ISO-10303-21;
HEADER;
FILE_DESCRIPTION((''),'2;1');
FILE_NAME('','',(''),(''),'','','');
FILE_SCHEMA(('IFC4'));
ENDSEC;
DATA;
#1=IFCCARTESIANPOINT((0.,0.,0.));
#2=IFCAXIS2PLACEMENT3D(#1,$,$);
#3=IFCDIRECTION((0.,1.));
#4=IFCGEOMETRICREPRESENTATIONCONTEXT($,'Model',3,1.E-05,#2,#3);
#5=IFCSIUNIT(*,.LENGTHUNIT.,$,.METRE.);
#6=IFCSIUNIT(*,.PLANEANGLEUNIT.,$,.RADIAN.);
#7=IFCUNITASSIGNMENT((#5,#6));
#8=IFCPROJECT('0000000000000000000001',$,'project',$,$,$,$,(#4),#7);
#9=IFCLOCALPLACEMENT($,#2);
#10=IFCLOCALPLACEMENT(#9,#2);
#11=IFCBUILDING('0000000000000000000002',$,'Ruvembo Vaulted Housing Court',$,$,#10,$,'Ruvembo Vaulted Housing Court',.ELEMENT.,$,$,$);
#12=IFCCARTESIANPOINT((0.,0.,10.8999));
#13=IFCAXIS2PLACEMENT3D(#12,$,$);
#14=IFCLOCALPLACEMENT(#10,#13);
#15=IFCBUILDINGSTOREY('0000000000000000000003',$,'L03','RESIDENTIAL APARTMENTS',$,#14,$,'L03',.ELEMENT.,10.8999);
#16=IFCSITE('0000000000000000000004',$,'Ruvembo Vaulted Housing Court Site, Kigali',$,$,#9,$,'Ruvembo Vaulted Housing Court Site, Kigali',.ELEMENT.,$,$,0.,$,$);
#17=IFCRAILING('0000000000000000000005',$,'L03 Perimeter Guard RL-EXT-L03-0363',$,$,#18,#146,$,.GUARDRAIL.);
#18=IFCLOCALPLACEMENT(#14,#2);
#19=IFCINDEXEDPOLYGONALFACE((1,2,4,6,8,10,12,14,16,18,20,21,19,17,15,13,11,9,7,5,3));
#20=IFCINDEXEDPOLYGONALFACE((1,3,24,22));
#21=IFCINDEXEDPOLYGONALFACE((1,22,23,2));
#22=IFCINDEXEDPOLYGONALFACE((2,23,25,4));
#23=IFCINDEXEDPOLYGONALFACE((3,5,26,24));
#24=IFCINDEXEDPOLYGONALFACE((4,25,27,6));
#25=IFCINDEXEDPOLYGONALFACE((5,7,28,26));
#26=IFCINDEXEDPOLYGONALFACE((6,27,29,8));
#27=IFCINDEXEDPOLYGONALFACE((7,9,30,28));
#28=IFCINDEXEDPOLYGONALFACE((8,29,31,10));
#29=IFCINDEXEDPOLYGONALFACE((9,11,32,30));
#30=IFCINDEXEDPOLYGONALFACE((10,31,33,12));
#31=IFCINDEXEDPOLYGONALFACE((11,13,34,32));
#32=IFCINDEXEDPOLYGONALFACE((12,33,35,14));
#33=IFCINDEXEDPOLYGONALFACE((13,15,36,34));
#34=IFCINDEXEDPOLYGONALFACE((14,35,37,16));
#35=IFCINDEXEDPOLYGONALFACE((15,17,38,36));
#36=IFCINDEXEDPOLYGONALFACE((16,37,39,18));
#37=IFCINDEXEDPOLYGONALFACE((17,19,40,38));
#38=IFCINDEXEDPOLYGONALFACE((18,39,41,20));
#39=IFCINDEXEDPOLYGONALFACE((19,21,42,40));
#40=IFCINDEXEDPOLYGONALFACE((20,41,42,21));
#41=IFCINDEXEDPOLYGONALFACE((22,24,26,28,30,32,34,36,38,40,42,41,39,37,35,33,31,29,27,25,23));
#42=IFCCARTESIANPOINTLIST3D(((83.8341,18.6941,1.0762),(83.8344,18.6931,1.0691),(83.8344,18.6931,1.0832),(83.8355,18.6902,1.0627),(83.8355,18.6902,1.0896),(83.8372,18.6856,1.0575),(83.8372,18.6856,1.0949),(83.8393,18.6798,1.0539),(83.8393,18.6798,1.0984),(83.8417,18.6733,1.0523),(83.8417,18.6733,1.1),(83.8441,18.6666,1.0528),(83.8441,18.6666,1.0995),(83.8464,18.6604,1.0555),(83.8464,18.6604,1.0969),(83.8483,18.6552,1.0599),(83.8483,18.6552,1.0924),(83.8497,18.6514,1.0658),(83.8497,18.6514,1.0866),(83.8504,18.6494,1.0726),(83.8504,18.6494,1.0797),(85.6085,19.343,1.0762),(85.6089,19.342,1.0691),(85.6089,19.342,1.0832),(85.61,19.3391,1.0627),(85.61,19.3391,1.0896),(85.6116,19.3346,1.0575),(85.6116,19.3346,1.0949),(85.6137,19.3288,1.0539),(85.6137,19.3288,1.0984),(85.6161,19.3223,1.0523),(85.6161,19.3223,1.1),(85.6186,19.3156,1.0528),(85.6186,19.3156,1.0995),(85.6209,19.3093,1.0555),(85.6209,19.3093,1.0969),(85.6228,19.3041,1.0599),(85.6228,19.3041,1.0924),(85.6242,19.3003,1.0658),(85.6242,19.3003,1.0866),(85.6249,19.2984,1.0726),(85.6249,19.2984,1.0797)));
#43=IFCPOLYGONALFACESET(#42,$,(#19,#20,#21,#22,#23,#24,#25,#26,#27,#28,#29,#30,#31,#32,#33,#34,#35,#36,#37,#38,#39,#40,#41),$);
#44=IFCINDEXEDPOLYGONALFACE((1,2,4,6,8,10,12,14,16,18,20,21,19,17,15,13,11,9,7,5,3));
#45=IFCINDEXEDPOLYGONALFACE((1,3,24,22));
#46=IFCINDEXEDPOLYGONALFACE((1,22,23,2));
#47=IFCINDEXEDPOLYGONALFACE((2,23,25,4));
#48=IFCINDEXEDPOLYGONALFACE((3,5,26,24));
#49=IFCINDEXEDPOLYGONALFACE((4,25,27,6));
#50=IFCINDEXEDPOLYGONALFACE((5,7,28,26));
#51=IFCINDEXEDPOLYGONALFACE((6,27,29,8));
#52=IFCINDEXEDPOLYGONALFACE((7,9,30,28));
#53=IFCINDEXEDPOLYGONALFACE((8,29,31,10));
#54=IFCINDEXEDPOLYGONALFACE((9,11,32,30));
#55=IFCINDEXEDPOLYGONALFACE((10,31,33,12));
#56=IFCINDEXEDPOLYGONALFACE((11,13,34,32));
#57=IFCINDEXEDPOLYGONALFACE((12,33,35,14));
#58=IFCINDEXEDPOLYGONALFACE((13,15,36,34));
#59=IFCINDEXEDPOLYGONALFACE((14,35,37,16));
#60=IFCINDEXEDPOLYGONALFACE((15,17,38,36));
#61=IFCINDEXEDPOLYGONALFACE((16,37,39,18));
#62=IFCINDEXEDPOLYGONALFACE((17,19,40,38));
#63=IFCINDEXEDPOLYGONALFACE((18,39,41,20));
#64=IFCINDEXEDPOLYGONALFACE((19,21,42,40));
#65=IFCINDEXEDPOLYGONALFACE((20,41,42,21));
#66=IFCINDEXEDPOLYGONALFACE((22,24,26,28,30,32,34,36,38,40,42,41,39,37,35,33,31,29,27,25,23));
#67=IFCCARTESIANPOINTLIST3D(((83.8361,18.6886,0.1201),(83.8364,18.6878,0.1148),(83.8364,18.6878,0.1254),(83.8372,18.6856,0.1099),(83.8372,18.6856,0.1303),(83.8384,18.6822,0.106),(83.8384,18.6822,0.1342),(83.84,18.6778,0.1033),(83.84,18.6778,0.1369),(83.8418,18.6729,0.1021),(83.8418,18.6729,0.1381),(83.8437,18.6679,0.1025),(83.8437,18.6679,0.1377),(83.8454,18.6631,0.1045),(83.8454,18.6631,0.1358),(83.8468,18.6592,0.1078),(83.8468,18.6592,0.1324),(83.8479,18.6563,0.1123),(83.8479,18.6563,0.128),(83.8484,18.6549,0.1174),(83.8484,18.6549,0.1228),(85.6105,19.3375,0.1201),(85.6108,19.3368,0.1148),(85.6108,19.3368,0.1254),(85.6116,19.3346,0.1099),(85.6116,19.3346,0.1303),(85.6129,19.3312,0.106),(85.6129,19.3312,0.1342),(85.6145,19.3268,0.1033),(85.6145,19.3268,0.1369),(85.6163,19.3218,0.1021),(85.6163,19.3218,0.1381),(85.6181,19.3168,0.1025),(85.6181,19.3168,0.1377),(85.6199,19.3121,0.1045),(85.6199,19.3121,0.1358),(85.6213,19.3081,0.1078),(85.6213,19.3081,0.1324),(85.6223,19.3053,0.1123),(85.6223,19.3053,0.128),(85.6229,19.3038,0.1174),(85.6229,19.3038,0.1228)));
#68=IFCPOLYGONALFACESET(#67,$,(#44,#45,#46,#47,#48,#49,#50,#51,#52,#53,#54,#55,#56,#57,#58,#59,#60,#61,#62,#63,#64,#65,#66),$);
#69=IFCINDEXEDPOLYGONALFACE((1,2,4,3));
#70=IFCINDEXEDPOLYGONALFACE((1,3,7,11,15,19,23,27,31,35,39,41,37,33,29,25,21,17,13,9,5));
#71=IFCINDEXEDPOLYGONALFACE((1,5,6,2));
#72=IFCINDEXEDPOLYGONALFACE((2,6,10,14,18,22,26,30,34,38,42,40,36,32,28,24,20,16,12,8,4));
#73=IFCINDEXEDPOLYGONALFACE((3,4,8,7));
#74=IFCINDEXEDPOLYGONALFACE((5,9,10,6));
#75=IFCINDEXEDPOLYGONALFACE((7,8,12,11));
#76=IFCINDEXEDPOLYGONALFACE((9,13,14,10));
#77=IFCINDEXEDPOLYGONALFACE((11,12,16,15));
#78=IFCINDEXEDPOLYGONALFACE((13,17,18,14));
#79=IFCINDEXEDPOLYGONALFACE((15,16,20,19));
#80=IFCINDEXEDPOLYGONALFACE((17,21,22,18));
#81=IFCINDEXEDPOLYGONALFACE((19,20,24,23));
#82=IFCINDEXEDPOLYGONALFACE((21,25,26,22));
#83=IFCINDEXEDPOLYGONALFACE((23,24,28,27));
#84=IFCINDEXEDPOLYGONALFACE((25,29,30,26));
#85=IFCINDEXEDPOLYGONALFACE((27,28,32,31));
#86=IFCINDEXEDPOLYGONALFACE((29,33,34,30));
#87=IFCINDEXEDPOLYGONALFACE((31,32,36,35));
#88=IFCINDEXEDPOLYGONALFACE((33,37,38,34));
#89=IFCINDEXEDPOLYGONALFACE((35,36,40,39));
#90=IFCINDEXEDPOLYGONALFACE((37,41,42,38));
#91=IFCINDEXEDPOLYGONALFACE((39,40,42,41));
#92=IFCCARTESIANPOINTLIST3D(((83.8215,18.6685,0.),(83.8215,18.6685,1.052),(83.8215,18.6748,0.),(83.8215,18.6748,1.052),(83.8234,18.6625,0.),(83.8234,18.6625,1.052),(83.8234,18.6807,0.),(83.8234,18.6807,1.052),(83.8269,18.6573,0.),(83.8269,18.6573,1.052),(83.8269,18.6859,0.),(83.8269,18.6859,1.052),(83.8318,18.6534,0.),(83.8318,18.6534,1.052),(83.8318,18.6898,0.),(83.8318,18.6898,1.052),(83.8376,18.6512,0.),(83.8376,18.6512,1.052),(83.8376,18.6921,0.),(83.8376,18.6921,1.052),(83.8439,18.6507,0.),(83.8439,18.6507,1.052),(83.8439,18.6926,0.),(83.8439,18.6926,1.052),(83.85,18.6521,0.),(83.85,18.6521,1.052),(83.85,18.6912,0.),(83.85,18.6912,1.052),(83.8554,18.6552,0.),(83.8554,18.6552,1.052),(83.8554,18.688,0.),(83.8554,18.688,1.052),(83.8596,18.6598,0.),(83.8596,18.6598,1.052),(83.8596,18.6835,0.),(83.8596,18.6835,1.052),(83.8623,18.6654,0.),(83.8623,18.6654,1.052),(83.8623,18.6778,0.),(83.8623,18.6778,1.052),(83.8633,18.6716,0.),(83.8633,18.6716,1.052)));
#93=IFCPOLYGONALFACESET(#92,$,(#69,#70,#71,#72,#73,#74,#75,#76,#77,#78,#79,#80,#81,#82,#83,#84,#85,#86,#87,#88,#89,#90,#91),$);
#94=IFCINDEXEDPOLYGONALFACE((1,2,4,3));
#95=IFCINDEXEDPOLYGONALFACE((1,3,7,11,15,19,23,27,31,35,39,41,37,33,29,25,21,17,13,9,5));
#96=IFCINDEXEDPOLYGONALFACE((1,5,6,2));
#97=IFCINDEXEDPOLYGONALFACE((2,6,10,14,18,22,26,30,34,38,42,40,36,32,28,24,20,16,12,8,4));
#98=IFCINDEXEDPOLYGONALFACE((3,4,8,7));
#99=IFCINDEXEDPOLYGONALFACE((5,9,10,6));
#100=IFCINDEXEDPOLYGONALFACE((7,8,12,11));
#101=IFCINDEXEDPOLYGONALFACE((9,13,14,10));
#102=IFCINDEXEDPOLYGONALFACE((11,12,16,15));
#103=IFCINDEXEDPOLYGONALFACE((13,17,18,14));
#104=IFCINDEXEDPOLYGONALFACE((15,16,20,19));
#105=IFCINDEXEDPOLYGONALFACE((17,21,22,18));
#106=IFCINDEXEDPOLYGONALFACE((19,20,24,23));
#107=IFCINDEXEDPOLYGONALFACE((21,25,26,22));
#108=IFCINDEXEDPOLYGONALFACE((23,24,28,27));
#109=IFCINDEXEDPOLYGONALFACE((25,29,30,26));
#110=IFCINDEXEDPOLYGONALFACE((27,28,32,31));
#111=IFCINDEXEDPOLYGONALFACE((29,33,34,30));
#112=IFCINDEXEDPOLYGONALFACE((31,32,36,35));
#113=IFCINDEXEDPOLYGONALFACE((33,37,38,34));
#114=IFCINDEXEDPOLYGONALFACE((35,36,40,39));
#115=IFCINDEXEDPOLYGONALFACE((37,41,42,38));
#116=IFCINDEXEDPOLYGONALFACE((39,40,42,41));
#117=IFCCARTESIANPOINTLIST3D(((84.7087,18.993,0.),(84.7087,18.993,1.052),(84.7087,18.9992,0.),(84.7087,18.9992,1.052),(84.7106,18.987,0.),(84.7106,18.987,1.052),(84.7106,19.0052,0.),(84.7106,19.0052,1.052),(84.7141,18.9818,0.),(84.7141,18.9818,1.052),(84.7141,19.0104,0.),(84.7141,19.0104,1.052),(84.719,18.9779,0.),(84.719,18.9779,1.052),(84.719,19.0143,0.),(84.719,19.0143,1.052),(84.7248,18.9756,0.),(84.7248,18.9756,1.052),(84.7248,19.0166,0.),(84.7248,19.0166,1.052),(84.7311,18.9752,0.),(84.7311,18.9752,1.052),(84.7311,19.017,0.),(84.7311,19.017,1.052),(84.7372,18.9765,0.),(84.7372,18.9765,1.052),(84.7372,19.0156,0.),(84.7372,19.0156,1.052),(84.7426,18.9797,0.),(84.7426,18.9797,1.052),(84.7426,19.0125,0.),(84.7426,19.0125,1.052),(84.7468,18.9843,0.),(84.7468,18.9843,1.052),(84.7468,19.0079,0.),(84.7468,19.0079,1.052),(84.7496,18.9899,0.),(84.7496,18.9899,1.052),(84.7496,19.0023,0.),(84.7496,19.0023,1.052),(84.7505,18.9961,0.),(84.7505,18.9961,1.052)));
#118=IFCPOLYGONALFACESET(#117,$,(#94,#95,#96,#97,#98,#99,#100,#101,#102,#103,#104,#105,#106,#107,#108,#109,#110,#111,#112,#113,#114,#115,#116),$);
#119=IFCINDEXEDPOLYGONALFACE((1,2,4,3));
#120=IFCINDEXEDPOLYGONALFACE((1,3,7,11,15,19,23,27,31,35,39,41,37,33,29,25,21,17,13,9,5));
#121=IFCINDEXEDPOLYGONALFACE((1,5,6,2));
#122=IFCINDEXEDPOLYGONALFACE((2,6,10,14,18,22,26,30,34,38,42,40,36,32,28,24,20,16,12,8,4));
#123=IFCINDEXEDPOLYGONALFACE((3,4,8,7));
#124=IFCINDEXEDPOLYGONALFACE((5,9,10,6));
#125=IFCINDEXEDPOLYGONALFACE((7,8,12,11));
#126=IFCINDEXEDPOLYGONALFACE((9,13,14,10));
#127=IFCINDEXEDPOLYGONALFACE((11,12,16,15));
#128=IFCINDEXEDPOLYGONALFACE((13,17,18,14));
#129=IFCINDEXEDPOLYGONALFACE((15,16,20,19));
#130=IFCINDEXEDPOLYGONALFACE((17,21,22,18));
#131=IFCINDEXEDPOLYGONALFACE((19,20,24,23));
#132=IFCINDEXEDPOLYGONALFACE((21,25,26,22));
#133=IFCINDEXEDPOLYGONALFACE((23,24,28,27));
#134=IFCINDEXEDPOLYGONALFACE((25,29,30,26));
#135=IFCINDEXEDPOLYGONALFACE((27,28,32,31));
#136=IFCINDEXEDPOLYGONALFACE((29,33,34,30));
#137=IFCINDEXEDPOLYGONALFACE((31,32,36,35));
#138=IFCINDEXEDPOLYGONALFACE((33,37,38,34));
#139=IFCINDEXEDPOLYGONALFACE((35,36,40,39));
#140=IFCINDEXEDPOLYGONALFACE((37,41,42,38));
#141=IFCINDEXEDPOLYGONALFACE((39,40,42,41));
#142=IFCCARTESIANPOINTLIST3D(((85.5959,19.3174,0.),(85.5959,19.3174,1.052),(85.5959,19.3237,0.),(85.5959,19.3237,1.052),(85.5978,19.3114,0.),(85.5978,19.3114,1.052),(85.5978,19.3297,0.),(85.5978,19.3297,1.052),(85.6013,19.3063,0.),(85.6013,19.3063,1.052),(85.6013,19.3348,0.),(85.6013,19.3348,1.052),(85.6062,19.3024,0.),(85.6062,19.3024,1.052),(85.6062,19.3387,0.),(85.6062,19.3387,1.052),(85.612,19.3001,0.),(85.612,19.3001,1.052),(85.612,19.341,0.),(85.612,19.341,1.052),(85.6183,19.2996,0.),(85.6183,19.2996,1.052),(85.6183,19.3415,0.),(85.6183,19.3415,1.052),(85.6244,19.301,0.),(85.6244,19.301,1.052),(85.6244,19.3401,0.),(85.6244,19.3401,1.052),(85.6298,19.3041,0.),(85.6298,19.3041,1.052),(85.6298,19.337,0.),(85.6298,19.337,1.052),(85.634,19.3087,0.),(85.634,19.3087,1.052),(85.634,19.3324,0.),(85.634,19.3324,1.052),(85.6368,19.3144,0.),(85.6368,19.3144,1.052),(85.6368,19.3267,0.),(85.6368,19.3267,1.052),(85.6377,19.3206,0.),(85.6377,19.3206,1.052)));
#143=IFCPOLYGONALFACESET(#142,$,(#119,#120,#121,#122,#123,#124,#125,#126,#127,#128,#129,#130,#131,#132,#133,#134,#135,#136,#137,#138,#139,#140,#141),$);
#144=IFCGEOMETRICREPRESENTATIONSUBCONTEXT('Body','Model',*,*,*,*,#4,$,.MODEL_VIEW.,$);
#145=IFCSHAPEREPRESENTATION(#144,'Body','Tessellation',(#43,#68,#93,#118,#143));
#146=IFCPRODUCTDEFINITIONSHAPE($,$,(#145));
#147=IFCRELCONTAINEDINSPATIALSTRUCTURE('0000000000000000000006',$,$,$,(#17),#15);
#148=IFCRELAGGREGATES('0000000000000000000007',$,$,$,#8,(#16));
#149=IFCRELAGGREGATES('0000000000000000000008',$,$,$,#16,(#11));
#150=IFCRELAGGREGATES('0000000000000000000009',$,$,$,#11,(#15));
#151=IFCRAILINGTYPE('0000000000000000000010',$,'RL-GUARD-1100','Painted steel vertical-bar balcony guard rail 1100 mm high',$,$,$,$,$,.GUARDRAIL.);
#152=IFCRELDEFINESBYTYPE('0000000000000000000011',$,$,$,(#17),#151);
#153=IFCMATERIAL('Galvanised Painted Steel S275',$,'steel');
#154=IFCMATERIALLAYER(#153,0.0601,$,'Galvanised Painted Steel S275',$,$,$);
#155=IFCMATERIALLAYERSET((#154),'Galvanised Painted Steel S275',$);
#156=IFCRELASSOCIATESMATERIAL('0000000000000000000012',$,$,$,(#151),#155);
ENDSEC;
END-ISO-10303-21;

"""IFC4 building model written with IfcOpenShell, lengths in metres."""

from ifc_helpers import new_model, si_unit, direction, frame, origin, origin_2d, place, context, subcontext, project, spatial, circle, extrude, material, layer, layer_set, type_object, element, save


model = new_model("IFC4")

# Units and contexts
model_context = context("Model", 3, precision=1e-05, world=origin(), true_north=direction((0.0, 1.0)))
body_context = subcontext(model_context, "Body", "Model", "MODEL_VIEW")
ifc_project = project(units=[si_unit("LENGTHUNIT", "METRE"), si_unit("PLANEANGLEUNIT", "RADIAN")], contexts=[model_context])

# Site, building, storey
site_placement = place(None, origin())
site = spatial("IfcSite", under=ifc_project, at=site_placement, Name="Ruvembo Vaulted Housing Court Site, Kigali", LongName="Ruvembo Vaulted Housing Court Site, Kigali", CompositionType="ELEMENT", RefElevation=0.0)
building_placement = place(site_placement, origin())
building = spatial("IfcBuilding", under=site, at=building_placement, Name="Ruvembo Vaulted Housing Court", LongName="Ruvembo Vaulted Housing Court", CompositionType="ELEMENT")
storey_placement = place(building_placement, frame((0.0, 0.0, 10.8999)))
storey = spatial("IfcBuildingStorey", under=building, at=storey_placement, Name="L03", Description="RESIDENTIAL APARTMENTS", LongName="L03", CompositionType="ELEMENT", Elevation=10.8999)

# Railing
ifc_material_1 = material(Name="Galvanised Painted Steel S275", Category="steel")
ifc_layer = layer(ifc_material_1, 0.0601, Name="Galvanised Painted Steel S275")
ifc_layer_set = layer_set([ifc_layer], Name="Galvanised Painted Steel S275")
railing_type = type_object("IfcRailingType", Name="RL-GUARD-1100", Description="Painted steel vertical-bar balcony guard rail 1100 mm high", PredefinedType="GUARDRAIL", material=ifc_layer_set)
railing_1_placement = place(storey_placement, frame((83.8423, 18.6716, 0.0)))
element("IfcRailing", 1, at=railing_1_placement, inside=storey, type_object=railing_type, Name="L03 Perimeter Guard RL-EXT-L03-0363", PredefinedType="GUARDRAIL", context=body_context, shape_type="SweptSolid", body=[
    extrude(circle(Radius=0.0239, at=origin_2d()), frame((0.0, 0.0, 1.0762), z_axis=(0.939166, 0.343465, 0.0), x_axis=(-0.343465, 0.939166, 0.0)), (0.0, 0.0, 1.0), 1.8894),
    extrude(circle(Radius=0.0181, at=origin_2d()), frame((0.0, 0.0, 0.1201), z_axis=(0.939166, 0.343465, 0.0), x_axis=(-0.343465, 0.939166, 0.0)), (0.0, 0.0, 1.0), 1.8894),
    extrude(circle(Radius=0.021, at=origin_2d()), origin(), (0.0, 0.0, 1.0), 1.052),
    extrude(circle(Radius=0.021, at=origin_2d()), frame((0.8872, 0.3245, 0.0)), (0.0, 0.0, 1.0), 1.052),
    extrude(circle(Radius=0.021, at=origin_2d()), frame((1.7744, 0.6489, 0.0)), (0.0, 0.0, 1.0), 1.052),
])

save(model, "model.ifc")
